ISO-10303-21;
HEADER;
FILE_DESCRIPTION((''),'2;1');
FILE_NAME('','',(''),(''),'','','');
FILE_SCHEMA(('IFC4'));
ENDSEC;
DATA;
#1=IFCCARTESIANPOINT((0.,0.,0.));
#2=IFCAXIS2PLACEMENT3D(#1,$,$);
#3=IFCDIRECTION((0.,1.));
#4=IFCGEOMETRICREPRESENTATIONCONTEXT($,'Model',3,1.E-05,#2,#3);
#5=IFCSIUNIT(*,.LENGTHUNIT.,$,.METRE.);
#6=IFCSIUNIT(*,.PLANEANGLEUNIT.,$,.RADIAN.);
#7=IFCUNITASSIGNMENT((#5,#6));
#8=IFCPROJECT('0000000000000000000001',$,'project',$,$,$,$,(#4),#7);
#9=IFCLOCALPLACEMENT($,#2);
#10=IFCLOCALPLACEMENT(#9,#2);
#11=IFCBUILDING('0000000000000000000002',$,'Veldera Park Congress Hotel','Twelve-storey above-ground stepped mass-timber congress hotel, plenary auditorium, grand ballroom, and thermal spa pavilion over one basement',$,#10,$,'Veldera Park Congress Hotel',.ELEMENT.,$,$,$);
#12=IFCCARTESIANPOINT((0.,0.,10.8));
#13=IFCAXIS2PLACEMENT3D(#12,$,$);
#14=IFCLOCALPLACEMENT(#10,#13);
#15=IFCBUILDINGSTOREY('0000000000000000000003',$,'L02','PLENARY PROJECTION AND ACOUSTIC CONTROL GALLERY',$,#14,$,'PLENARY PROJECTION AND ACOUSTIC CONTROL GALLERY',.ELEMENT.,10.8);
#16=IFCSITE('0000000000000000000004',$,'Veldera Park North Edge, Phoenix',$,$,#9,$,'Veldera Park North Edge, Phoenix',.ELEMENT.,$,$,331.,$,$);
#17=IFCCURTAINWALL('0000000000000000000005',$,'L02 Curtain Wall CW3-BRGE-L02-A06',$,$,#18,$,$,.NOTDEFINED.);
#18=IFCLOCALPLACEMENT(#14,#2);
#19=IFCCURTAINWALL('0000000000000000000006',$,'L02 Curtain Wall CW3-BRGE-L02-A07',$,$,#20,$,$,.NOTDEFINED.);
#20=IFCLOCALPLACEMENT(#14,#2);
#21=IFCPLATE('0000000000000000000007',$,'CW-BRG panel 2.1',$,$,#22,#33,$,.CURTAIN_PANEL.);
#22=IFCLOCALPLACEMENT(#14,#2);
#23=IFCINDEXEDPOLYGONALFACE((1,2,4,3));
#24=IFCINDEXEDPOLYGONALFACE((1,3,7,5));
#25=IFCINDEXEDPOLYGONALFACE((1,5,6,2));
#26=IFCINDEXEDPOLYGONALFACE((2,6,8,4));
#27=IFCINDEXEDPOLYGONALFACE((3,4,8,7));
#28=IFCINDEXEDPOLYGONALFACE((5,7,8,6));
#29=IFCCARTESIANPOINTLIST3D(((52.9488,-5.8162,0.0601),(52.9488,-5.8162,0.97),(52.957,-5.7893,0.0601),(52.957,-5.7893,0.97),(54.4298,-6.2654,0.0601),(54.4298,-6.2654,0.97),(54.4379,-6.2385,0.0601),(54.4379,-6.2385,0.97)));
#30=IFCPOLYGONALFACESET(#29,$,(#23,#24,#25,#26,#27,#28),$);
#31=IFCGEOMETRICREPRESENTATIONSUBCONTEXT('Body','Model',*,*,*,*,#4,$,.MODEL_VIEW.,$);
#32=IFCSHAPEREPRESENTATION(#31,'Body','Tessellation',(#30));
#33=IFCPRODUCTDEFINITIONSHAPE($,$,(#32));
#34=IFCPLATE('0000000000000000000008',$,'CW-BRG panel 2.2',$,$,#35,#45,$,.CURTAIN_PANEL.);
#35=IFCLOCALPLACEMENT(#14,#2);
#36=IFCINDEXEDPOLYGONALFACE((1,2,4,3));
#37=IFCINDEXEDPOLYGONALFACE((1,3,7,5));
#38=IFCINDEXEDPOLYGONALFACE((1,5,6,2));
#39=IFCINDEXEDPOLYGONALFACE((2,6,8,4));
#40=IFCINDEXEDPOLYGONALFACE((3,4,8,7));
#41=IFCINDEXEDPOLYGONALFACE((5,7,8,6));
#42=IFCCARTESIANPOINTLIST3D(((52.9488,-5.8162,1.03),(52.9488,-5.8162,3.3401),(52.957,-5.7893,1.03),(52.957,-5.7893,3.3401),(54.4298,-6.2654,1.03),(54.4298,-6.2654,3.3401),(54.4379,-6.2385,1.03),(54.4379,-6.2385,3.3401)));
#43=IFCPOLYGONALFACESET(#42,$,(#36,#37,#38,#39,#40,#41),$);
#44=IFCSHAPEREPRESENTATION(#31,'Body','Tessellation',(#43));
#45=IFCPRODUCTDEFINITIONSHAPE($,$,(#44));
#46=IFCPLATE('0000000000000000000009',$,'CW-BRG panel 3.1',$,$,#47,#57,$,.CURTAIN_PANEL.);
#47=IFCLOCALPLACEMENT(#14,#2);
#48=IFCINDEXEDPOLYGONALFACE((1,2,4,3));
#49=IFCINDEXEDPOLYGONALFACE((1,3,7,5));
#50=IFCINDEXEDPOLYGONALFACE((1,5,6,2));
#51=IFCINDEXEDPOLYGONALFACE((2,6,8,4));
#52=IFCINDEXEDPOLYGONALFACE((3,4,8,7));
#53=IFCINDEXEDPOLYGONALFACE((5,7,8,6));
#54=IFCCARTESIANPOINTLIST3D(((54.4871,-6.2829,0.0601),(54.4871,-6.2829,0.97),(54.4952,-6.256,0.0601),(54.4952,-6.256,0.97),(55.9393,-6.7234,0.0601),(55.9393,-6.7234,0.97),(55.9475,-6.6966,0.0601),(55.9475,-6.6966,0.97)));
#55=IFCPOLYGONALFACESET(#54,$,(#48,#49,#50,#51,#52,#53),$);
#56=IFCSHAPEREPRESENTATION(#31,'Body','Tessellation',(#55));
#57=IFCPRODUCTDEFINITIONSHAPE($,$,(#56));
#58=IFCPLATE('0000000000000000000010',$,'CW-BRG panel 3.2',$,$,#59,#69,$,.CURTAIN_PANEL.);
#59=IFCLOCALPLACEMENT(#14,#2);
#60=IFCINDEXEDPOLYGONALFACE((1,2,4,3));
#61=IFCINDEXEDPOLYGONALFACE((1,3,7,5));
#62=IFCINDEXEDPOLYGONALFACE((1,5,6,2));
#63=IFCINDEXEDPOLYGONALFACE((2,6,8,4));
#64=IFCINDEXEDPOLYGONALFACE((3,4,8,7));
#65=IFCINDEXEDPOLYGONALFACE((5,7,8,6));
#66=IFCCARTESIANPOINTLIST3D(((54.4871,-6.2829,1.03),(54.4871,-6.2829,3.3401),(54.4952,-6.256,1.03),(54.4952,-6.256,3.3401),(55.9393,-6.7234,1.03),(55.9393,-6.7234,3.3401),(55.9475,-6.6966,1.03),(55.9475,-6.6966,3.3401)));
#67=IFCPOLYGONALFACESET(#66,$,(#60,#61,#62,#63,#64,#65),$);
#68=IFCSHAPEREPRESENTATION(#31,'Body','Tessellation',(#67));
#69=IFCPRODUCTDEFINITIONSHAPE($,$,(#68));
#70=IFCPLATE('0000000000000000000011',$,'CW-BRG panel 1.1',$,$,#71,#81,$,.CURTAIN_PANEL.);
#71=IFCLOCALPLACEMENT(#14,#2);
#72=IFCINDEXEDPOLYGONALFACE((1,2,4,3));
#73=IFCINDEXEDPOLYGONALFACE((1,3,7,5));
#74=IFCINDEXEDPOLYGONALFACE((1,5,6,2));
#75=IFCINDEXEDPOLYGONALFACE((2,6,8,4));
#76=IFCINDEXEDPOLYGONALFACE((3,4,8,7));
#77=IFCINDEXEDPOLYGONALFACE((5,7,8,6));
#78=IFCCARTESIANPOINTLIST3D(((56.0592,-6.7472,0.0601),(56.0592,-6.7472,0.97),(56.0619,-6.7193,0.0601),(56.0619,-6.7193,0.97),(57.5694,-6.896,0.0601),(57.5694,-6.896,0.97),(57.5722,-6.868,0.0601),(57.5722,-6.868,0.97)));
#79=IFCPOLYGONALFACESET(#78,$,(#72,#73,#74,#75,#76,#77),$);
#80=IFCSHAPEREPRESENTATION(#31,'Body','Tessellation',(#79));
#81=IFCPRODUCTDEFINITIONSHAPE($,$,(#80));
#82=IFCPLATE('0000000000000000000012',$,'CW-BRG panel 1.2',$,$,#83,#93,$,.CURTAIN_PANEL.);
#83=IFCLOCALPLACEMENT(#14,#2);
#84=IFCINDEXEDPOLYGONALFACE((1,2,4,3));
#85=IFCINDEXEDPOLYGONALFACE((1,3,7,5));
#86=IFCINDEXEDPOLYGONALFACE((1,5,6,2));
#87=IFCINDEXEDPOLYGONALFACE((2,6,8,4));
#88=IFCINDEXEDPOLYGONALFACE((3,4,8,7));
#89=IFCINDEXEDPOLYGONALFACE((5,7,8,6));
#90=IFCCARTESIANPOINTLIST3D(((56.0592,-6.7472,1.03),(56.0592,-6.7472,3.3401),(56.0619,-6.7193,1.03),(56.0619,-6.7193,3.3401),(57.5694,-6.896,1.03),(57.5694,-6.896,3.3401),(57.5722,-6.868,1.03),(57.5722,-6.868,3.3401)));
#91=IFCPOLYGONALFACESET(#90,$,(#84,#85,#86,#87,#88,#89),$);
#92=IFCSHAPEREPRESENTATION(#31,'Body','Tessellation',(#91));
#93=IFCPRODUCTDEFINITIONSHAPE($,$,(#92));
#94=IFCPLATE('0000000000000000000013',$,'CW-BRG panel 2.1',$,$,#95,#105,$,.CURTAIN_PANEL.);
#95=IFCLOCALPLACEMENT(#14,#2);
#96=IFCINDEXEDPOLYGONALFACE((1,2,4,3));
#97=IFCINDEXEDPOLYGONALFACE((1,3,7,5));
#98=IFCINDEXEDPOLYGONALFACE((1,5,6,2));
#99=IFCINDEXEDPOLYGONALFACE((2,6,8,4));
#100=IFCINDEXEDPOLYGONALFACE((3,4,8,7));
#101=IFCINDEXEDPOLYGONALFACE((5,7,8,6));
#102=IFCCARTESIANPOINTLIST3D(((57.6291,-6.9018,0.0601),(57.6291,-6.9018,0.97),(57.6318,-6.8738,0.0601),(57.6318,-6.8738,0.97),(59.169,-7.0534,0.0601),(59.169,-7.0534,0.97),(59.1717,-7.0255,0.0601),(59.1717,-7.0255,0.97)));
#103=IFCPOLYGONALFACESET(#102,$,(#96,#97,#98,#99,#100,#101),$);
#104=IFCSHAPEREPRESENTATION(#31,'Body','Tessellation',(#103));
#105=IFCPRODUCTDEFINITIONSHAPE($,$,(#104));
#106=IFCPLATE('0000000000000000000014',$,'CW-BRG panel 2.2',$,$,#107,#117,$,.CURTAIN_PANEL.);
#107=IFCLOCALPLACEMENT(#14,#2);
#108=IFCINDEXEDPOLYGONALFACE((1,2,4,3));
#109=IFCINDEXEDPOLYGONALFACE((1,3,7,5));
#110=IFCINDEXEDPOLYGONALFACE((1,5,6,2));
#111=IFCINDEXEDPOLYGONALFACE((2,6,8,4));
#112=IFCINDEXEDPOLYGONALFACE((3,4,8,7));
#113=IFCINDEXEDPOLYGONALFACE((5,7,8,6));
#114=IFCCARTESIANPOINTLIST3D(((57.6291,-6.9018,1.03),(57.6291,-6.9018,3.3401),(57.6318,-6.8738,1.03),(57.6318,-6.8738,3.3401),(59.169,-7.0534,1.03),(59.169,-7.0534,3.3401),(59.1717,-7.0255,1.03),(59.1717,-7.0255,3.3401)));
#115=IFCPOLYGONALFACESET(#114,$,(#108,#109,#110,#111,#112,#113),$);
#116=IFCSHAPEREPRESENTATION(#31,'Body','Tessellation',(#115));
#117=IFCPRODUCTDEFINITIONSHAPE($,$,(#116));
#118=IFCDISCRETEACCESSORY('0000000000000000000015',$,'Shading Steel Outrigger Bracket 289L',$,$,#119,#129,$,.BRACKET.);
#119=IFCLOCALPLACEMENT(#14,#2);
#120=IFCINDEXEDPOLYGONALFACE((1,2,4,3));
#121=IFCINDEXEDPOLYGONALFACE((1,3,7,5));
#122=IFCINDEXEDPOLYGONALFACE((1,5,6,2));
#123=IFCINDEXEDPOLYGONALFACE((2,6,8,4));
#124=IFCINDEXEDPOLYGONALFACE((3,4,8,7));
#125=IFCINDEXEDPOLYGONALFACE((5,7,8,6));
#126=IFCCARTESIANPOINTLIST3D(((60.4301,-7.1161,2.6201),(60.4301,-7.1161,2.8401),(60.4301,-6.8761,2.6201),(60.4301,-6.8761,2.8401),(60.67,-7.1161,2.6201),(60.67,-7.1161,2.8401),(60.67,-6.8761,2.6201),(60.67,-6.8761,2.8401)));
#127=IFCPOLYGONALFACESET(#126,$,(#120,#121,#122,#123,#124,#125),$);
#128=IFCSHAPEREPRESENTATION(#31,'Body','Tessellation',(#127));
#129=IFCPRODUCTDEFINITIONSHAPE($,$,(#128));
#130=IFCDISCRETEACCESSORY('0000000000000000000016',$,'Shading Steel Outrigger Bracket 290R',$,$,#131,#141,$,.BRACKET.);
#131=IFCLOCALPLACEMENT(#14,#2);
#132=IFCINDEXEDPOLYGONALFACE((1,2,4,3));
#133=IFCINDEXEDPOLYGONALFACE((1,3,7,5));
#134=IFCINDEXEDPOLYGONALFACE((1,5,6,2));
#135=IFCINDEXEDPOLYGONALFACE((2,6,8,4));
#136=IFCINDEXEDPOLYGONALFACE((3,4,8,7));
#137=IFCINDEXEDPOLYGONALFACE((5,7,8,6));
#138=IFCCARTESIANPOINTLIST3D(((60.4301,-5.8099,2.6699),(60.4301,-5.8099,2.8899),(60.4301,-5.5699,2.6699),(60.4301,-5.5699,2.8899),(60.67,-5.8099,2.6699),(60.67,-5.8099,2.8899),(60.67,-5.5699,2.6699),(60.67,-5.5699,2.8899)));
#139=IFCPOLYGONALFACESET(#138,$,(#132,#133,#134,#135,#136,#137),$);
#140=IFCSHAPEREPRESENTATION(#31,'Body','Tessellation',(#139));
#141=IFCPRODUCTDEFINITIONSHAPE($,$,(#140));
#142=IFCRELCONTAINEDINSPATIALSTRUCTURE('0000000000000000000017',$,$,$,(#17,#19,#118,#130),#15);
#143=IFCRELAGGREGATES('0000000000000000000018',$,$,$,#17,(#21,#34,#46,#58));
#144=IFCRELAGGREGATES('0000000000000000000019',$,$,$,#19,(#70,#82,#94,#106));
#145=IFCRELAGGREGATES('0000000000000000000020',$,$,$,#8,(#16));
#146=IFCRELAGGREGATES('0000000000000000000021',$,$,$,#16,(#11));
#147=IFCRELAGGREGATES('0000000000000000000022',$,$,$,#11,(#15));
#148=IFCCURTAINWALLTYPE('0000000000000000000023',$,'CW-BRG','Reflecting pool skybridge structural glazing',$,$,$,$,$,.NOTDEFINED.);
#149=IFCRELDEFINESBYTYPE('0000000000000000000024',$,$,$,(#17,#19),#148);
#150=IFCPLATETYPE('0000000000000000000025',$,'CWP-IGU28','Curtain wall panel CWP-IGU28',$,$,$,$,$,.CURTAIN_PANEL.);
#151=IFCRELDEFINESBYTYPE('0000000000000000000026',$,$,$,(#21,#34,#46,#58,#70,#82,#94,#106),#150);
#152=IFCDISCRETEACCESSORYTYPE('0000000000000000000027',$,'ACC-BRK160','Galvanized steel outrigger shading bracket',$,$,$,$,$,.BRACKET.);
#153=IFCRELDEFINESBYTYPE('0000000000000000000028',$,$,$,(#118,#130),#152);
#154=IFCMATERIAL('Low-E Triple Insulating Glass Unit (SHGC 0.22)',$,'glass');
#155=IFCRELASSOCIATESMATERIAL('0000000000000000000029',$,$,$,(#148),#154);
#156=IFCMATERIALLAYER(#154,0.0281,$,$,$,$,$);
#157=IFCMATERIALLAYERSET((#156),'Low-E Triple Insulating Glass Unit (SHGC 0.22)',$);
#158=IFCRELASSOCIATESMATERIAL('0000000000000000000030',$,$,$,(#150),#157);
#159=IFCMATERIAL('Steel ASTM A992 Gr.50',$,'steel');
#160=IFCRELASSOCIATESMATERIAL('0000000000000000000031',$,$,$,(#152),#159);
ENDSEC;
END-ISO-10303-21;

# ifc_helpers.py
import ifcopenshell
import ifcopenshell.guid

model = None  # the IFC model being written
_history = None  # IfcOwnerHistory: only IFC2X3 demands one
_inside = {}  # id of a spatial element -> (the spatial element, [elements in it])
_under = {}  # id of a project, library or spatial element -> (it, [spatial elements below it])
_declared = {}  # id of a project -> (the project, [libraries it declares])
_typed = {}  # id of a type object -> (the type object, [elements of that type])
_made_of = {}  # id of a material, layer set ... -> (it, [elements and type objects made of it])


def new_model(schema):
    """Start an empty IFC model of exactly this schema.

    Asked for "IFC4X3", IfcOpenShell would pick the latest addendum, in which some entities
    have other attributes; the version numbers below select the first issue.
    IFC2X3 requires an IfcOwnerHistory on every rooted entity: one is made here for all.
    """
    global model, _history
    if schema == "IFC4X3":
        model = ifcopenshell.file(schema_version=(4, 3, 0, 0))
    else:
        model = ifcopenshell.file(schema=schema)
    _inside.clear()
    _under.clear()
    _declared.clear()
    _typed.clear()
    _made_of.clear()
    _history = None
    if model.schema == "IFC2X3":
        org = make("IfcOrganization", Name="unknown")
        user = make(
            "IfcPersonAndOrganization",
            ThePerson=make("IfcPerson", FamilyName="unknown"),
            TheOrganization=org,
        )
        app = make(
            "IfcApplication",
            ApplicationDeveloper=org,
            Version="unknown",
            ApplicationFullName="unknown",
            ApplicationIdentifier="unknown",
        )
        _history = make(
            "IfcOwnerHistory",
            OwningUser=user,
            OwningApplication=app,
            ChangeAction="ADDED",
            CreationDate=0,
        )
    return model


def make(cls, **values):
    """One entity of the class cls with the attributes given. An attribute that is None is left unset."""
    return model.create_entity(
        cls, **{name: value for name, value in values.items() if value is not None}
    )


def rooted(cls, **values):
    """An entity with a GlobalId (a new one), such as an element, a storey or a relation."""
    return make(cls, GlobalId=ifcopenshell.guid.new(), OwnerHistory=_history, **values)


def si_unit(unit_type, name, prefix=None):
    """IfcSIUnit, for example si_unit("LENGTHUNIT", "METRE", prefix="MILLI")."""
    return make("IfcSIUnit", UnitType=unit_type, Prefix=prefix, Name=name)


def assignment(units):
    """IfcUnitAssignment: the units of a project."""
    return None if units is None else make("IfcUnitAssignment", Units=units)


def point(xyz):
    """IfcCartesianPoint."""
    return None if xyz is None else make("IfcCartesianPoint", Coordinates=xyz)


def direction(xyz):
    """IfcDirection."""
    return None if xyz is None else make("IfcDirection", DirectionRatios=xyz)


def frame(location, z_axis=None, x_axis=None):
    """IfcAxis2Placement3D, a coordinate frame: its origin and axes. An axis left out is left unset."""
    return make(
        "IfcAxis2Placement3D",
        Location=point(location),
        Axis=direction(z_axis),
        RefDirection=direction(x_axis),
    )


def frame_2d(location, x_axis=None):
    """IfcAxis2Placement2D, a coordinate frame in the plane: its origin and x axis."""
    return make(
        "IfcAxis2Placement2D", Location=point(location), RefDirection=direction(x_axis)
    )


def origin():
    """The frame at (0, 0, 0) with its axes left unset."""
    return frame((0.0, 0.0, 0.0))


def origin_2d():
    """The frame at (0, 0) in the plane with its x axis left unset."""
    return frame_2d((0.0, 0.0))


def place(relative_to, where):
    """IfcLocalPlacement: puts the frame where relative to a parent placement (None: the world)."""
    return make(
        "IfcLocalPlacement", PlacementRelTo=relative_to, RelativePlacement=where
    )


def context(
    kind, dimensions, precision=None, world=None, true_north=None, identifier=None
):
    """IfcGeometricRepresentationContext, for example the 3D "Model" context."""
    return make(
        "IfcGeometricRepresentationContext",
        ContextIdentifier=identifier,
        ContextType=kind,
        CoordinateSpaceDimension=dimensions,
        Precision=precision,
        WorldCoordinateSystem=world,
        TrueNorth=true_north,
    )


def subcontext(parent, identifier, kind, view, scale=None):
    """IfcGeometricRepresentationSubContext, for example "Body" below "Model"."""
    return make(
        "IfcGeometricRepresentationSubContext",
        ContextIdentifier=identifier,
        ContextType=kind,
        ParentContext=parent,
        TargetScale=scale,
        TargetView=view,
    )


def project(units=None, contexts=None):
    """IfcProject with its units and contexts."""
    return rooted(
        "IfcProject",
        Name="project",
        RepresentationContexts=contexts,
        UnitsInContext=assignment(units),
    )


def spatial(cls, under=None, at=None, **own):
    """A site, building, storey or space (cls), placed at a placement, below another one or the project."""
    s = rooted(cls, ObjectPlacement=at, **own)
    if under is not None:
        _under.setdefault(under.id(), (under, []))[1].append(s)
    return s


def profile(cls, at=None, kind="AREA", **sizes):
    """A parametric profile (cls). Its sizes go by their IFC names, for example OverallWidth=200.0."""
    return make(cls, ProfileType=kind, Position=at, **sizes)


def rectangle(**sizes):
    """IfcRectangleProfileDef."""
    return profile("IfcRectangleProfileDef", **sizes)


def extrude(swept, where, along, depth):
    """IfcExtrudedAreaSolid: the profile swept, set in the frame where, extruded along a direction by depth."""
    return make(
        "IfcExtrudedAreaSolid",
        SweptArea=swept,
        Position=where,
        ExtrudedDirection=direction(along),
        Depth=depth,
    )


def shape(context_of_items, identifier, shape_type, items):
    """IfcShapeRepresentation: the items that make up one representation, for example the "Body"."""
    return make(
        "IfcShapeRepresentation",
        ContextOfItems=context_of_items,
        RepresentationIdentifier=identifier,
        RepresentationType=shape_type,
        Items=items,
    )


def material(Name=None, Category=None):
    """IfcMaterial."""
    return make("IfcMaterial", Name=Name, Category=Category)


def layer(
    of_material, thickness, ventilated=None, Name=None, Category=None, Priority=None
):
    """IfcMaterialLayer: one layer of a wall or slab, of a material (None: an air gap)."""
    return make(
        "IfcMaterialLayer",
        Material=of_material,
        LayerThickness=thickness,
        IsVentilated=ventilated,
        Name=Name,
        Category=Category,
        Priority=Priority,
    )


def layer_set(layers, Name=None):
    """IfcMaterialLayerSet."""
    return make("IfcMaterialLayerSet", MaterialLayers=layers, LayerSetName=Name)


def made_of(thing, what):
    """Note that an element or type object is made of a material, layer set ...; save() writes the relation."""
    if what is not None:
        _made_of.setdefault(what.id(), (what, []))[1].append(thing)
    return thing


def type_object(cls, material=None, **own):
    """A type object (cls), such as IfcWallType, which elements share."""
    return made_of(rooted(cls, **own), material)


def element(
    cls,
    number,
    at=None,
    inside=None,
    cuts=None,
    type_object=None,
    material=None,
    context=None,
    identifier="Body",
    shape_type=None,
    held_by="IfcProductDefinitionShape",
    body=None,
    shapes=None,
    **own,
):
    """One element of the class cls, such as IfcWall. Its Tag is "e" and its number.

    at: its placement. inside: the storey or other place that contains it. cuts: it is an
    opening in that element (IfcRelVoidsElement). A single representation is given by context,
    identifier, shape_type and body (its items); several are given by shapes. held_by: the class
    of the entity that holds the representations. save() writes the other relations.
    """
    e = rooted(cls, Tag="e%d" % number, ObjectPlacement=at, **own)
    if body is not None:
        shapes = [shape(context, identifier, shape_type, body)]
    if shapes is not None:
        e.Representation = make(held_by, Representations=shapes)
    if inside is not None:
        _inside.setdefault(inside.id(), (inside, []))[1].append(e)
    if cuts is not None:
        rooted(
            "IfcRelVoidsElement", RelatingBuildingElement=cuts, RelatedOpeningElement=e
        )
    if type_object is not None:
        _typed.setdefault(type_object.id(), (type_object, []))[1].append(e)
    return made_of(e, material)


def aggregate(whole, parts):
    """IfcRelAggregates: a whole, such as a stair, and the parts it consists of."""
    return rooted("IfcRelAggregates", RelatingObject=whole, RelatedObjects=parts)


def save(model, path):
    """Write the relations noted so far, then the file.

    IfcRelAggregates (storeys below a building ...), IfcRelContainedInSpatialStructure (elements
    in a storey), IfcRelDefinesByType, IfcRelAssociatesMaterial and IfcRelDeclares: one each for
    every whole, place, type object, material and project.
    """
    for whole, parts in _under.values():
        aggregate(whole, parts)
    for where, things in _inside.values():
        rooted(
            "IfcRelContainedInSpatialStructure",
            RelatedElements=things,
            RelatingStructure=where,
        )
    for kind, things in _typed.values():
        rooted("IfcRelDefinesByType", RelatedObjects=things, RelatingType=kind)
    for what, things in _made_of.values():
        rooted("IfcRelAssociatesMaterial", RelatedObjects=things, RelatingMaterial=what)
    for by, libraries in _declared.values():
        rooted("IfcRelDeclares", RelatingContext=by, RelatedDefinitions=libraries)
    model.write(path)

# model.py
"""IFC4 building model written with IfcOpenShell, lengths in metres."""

from ifc_helpers import new_model, si_unit, direction, frame, origin, origin_2d, place, context, subcontext, project, spatial, rectangle, extrude, material, layer, layer_set, type_object, element, aggregate, save


model = new_model("IFC4")

# Units and contexts
model_context = context("Model", 3, precision=1e-05, world=origin(), true_north=direction((0.0, 1.0)))
body_context = subcontext(model_context, "Body", "Model", "MODEL_VIEW")
ifc_project = project(units=[si_unit("LENGTHUNIT", "METRE"), si_unit("PLANEANGLEUNIT", "RADIAN")], contexts=[model_context])

# Site, building, storey
site_placement = place(None, origin())
site = spatial("IfcSite", under=ifc_project, at=site_placement, Name="Veldera Park North Edge, Phoenix", LongName="Veldera Park North Edge, Phoenix", CompositionType="ELEMENT", RefElevation=331.0)
building_placement = place(site_placement, origin())
building = spatial("IfcBuilding", under=site, at=building_placement, Name="Veldera Park Congress Hotel", Description="Twelve-storey above-ground stepped mass-timber congress hotel, plenary auditorium, grand ballroom, and thermal spa pavilion over one basement", LongName="Veldera Park Congress Hotel", CompositionType="ELEMENT")
storey_placement = place(building_placement, frame((0.0, 0.0, 10.8)))
storey = spatial("IfcBuildingStorey", under=building, at=storey_placement, Name="L02", Description="PLENARY PROJECTION AND ACOUSTIC CONTROL GALLERY", LongName="PLENARY PROJECTION AND ACOUSTIC CONTROL GALLERY", CompositionType="ELEMENT", Elevation=10.8)

# Shared definitions
ifc_material_1 = material(Name="Low-E Triple Insulating Glass Unit (SHGC 0.22)", Category="glass")
curtain_wall_type = type_object("IfcCurtainWallType", Name="CW-BRG", Description="Reflecting pool skybridge structural glazing", PredefinedType="NOTDEFINED", material=ifc_material_1)

# Curtain walls
curtain_wall_1_placement = place(storey_placement, origin())
curtain_wall_1 = element("IfcCurtainWall", 1, at=curtain_wall_1_placement, inside=storey, type_object=curtain_wall_type, Name="L02 Curtain Wall CW3-BRGE-L02-A06", PredefinedType="NOTDEFINED")
curtain_wall_2_placement = place(storey_placement, origin())
curtain_wall_2 = element("IfcCurtainWall", 2, at=curtain_wall_2_placement, inside=storey, type_object=curtain_wall_type, Name="L02 Curtain Wall CW3-BRGE-L02-A07", PredefinedType="NOTDEFINED")

# Plates
ifc_layer = layer(ifc_material_1, 0.0281)
ifc_layer_set = layer_set([ifc_layer], Name="Low-E Triple Insulating Glass Unit (SHGC 0.22)")
plate_type = type_object("IfcPlateType", Name="CWP-IGU28", Description="Curtain wall panel CWP-IGU28", PredefinedType="CURTAIN_PANEL", material=ifc_layer_set)
plate_1_placement = place(storey_placement, frame((53.6934, -6.0273, 0.0601), z_axis=(0.0, 0.0, 1.0), x_axis=(0.956939, -0.290288, 0.0)))
plate_1 = element("IfcPlate", 3, at=plate_1_placement, type_object=plate_type, Name="CW-BRG panel 2.1", PredefinedType="CURTAIN_PANEL", context=body_context, shape_type="SweptSolid", body=[
    extrude(rectangle(XDim=1.5476, YDim=0.0281, at=origin_2d()), origin(), (0.0, 0.0, 1.0), 0.9099),
])
plate_2_placement = place(storey_placement, frame((53.6934, -6.0273, 1.03), z_axis=(0.0, 0.0, 1.0), x_axis=(0.956939, -0.290288, 0.0)))
plate_2 = element("IfcPlate", 4, at=plate_2_placement, type_object=plate_type, Name="CW-BRG panel 2.2", PredefinedType="CURTAIN_PANEL", context=body_context, shape_type="SweptSolid", body=[
    extrude(rectangle(XDim=1.5476, YDim=0.0281, at=origin_2d()), origin(), (0.0, 0.0, 1.0), 2.3101),
])
plate_3_placement = place(storey_placement, frame((55.2173, -6.4897, 0.0601), z_axis=(0.0, 0.0, 1.0), x_axis=(0.956939, -0.290288, 0.0)))
plate_3 = element("IfcPlate", 5, at=plate_3_placement, type_object=plate_type, Name="CW-BRG panel 3.1", PredefinedType="CURTAIN_PANEL", context=body_context, shape_type="SweptSolid", body=[
    extrude(rectangle(XDim=1.5176, YDim=0.0281, at=origin_2d()), origin(), (0.0, 0.0, 1.0), 0.9099),
])
plate_4_placement = place(storey_placement, frame((55.2173, -6.4897, 1.03), z_axis=(0.0, 0.0, 1.0), x_axis=(0.956939, -0.290288, 0.0)))
plate_4 = element("IfcPlate", 6, at=plate_4_placement, type_object=plate_type, Name="CW-BRG panel 3.2", PredefinedType="CURTAIN_PANEL", context=body_context, shape_type="SweptSolid", body=[
    extrude(rectangle(XDim=1.5176, YDim=0.0281, at=origin_2d()), origin(), (0.0, 0.0, 1.0), 2.3101),
])
aggregate(curtain_wall_1, [plate_1, plate_2, plate_3, plate_4])
plate_5_placement = place(storey_placement, frame((56.8157, -6.8076, 0.0601), z_axis=(0.0, 0.0, 1.0), x_axis=(0.995184, -0.098021, 0.0)))
plate_5 = element("IfcPlate", 7, at=plate_5_placement, type_object=plate_type, Name="CW-BRG panel 1.1", PredefinedType="CURTAIN_PANEL", context=body_context, shape_type="SweptSolid", body=[
    extrude(rectangle(XDim=1.5176, YDim=0.0281, at=origin_2d()), origin(), (0.0, 0.0, 1.0), 0.9099),
])
plate_6_placement = place(storey_placement, frame((56.8157, -6.8076, 1.03), z_axis=(0.0, 0.0, 1.0), x_axis=(0.995184, -0.098021, 0.0)))
plate_6 = element("IfcPlate", 8, at=plate_6_placement, type_object=plate_type, Name="CW-BRG panel 1.2", PredefinedType="CURTAIN_PANEL", context=body_context, shape_type="SweptSolid", body=[
    extrude(rectangle(XDim=1.5176, YDim=0.0281, at=origin_2d()), origin(), (0.0, 0.0, 1.0), 2.3101),
])
plate_7_placement = place(storey_placement, frame((58.4004, -6.9636, 0.0601), z_axis=(0.0, 0.0, 1.0), x_axis=(0.995184, -0.098021, 0.0)))
plate_7 = element("IfcPlate", 9, at=plate_7_placement, type_object=plate_type, Name="CW-BRG panel 2.1", PredefinedType="CURTAIN_PANEL", context=body_context, shape_type="SweptSolid", body=[
    extrude(rectangle(XDim=1.5474, YDim=0.0281, at=origin_2d()), origin(), (0.0, 0.0, 1.0), 0.9099),
])
plate_8_placement = place(storey_placement, frame((58.4004, -6.9636, 1.03), z_axis=(0.0, 0.0, 1.0), x_axis=(0.995184, -0.098021, 0.0)))
plate_8 = element("IfcPlate", 10, at=plate_8_placement, type_object=plate_type, Name="CW-BRG panel 2.2", PredefinedType="CURTAIN_PANEL", context=body_context, shape_type="SweptSolid", body=[
    extrude(rectangle(XDim=1.5474, YDim=0.0281, at=origin_2d()), origin(), (0.0, 0.0, 1.0), 2.3101),
])
aggregate(curtain_wall_2, [plate_5, plate_6, plate_7, plate_8])

# Discrete accessories
ifc_material_2 = material(Name="Steel ASTM A992 Gr.50", Category="steel")
discrete_accessory_type = type_object("IfcDiscreteAccessoryType", Name="ACC-BRK160", Description="Galvanized steel outrigger shading bracket", PredefinedType="BRACKET", material=ifc_material_2)
for number, where, z_axis, x_axis, name in (
    (11, (60.55, -6.9961, 2.6201), (0.0, 0.0, 1.0), (0.0, -1.0, 0.0), "Shading Steel Outrigger Bracket 289L"),
    (12, (60.55, -5.6899, 2.6699), (0.0, 0.0, 1.0), (0.0, -1.0, 0.0), "Shading Steel Outrigger Bracket 290R"),
):
    element("IfcDiscreteAccessory", number, at=place(storey_placement, frame(where, z_axis=z_axis, x_axis=x_axis)), inside=storey, type_object=discrete_accessory_type, Name=name, PredefinedType="BRACKET", context=body_context, shape_type="SweptSolid", body=[
        extrude(rectangle(XDim=0.24, YDim=0.24, at=origin_2d()), origin(), (0.0, 0.0, 1.0), 0.22),
    ])

save(model, "model.ifc")
